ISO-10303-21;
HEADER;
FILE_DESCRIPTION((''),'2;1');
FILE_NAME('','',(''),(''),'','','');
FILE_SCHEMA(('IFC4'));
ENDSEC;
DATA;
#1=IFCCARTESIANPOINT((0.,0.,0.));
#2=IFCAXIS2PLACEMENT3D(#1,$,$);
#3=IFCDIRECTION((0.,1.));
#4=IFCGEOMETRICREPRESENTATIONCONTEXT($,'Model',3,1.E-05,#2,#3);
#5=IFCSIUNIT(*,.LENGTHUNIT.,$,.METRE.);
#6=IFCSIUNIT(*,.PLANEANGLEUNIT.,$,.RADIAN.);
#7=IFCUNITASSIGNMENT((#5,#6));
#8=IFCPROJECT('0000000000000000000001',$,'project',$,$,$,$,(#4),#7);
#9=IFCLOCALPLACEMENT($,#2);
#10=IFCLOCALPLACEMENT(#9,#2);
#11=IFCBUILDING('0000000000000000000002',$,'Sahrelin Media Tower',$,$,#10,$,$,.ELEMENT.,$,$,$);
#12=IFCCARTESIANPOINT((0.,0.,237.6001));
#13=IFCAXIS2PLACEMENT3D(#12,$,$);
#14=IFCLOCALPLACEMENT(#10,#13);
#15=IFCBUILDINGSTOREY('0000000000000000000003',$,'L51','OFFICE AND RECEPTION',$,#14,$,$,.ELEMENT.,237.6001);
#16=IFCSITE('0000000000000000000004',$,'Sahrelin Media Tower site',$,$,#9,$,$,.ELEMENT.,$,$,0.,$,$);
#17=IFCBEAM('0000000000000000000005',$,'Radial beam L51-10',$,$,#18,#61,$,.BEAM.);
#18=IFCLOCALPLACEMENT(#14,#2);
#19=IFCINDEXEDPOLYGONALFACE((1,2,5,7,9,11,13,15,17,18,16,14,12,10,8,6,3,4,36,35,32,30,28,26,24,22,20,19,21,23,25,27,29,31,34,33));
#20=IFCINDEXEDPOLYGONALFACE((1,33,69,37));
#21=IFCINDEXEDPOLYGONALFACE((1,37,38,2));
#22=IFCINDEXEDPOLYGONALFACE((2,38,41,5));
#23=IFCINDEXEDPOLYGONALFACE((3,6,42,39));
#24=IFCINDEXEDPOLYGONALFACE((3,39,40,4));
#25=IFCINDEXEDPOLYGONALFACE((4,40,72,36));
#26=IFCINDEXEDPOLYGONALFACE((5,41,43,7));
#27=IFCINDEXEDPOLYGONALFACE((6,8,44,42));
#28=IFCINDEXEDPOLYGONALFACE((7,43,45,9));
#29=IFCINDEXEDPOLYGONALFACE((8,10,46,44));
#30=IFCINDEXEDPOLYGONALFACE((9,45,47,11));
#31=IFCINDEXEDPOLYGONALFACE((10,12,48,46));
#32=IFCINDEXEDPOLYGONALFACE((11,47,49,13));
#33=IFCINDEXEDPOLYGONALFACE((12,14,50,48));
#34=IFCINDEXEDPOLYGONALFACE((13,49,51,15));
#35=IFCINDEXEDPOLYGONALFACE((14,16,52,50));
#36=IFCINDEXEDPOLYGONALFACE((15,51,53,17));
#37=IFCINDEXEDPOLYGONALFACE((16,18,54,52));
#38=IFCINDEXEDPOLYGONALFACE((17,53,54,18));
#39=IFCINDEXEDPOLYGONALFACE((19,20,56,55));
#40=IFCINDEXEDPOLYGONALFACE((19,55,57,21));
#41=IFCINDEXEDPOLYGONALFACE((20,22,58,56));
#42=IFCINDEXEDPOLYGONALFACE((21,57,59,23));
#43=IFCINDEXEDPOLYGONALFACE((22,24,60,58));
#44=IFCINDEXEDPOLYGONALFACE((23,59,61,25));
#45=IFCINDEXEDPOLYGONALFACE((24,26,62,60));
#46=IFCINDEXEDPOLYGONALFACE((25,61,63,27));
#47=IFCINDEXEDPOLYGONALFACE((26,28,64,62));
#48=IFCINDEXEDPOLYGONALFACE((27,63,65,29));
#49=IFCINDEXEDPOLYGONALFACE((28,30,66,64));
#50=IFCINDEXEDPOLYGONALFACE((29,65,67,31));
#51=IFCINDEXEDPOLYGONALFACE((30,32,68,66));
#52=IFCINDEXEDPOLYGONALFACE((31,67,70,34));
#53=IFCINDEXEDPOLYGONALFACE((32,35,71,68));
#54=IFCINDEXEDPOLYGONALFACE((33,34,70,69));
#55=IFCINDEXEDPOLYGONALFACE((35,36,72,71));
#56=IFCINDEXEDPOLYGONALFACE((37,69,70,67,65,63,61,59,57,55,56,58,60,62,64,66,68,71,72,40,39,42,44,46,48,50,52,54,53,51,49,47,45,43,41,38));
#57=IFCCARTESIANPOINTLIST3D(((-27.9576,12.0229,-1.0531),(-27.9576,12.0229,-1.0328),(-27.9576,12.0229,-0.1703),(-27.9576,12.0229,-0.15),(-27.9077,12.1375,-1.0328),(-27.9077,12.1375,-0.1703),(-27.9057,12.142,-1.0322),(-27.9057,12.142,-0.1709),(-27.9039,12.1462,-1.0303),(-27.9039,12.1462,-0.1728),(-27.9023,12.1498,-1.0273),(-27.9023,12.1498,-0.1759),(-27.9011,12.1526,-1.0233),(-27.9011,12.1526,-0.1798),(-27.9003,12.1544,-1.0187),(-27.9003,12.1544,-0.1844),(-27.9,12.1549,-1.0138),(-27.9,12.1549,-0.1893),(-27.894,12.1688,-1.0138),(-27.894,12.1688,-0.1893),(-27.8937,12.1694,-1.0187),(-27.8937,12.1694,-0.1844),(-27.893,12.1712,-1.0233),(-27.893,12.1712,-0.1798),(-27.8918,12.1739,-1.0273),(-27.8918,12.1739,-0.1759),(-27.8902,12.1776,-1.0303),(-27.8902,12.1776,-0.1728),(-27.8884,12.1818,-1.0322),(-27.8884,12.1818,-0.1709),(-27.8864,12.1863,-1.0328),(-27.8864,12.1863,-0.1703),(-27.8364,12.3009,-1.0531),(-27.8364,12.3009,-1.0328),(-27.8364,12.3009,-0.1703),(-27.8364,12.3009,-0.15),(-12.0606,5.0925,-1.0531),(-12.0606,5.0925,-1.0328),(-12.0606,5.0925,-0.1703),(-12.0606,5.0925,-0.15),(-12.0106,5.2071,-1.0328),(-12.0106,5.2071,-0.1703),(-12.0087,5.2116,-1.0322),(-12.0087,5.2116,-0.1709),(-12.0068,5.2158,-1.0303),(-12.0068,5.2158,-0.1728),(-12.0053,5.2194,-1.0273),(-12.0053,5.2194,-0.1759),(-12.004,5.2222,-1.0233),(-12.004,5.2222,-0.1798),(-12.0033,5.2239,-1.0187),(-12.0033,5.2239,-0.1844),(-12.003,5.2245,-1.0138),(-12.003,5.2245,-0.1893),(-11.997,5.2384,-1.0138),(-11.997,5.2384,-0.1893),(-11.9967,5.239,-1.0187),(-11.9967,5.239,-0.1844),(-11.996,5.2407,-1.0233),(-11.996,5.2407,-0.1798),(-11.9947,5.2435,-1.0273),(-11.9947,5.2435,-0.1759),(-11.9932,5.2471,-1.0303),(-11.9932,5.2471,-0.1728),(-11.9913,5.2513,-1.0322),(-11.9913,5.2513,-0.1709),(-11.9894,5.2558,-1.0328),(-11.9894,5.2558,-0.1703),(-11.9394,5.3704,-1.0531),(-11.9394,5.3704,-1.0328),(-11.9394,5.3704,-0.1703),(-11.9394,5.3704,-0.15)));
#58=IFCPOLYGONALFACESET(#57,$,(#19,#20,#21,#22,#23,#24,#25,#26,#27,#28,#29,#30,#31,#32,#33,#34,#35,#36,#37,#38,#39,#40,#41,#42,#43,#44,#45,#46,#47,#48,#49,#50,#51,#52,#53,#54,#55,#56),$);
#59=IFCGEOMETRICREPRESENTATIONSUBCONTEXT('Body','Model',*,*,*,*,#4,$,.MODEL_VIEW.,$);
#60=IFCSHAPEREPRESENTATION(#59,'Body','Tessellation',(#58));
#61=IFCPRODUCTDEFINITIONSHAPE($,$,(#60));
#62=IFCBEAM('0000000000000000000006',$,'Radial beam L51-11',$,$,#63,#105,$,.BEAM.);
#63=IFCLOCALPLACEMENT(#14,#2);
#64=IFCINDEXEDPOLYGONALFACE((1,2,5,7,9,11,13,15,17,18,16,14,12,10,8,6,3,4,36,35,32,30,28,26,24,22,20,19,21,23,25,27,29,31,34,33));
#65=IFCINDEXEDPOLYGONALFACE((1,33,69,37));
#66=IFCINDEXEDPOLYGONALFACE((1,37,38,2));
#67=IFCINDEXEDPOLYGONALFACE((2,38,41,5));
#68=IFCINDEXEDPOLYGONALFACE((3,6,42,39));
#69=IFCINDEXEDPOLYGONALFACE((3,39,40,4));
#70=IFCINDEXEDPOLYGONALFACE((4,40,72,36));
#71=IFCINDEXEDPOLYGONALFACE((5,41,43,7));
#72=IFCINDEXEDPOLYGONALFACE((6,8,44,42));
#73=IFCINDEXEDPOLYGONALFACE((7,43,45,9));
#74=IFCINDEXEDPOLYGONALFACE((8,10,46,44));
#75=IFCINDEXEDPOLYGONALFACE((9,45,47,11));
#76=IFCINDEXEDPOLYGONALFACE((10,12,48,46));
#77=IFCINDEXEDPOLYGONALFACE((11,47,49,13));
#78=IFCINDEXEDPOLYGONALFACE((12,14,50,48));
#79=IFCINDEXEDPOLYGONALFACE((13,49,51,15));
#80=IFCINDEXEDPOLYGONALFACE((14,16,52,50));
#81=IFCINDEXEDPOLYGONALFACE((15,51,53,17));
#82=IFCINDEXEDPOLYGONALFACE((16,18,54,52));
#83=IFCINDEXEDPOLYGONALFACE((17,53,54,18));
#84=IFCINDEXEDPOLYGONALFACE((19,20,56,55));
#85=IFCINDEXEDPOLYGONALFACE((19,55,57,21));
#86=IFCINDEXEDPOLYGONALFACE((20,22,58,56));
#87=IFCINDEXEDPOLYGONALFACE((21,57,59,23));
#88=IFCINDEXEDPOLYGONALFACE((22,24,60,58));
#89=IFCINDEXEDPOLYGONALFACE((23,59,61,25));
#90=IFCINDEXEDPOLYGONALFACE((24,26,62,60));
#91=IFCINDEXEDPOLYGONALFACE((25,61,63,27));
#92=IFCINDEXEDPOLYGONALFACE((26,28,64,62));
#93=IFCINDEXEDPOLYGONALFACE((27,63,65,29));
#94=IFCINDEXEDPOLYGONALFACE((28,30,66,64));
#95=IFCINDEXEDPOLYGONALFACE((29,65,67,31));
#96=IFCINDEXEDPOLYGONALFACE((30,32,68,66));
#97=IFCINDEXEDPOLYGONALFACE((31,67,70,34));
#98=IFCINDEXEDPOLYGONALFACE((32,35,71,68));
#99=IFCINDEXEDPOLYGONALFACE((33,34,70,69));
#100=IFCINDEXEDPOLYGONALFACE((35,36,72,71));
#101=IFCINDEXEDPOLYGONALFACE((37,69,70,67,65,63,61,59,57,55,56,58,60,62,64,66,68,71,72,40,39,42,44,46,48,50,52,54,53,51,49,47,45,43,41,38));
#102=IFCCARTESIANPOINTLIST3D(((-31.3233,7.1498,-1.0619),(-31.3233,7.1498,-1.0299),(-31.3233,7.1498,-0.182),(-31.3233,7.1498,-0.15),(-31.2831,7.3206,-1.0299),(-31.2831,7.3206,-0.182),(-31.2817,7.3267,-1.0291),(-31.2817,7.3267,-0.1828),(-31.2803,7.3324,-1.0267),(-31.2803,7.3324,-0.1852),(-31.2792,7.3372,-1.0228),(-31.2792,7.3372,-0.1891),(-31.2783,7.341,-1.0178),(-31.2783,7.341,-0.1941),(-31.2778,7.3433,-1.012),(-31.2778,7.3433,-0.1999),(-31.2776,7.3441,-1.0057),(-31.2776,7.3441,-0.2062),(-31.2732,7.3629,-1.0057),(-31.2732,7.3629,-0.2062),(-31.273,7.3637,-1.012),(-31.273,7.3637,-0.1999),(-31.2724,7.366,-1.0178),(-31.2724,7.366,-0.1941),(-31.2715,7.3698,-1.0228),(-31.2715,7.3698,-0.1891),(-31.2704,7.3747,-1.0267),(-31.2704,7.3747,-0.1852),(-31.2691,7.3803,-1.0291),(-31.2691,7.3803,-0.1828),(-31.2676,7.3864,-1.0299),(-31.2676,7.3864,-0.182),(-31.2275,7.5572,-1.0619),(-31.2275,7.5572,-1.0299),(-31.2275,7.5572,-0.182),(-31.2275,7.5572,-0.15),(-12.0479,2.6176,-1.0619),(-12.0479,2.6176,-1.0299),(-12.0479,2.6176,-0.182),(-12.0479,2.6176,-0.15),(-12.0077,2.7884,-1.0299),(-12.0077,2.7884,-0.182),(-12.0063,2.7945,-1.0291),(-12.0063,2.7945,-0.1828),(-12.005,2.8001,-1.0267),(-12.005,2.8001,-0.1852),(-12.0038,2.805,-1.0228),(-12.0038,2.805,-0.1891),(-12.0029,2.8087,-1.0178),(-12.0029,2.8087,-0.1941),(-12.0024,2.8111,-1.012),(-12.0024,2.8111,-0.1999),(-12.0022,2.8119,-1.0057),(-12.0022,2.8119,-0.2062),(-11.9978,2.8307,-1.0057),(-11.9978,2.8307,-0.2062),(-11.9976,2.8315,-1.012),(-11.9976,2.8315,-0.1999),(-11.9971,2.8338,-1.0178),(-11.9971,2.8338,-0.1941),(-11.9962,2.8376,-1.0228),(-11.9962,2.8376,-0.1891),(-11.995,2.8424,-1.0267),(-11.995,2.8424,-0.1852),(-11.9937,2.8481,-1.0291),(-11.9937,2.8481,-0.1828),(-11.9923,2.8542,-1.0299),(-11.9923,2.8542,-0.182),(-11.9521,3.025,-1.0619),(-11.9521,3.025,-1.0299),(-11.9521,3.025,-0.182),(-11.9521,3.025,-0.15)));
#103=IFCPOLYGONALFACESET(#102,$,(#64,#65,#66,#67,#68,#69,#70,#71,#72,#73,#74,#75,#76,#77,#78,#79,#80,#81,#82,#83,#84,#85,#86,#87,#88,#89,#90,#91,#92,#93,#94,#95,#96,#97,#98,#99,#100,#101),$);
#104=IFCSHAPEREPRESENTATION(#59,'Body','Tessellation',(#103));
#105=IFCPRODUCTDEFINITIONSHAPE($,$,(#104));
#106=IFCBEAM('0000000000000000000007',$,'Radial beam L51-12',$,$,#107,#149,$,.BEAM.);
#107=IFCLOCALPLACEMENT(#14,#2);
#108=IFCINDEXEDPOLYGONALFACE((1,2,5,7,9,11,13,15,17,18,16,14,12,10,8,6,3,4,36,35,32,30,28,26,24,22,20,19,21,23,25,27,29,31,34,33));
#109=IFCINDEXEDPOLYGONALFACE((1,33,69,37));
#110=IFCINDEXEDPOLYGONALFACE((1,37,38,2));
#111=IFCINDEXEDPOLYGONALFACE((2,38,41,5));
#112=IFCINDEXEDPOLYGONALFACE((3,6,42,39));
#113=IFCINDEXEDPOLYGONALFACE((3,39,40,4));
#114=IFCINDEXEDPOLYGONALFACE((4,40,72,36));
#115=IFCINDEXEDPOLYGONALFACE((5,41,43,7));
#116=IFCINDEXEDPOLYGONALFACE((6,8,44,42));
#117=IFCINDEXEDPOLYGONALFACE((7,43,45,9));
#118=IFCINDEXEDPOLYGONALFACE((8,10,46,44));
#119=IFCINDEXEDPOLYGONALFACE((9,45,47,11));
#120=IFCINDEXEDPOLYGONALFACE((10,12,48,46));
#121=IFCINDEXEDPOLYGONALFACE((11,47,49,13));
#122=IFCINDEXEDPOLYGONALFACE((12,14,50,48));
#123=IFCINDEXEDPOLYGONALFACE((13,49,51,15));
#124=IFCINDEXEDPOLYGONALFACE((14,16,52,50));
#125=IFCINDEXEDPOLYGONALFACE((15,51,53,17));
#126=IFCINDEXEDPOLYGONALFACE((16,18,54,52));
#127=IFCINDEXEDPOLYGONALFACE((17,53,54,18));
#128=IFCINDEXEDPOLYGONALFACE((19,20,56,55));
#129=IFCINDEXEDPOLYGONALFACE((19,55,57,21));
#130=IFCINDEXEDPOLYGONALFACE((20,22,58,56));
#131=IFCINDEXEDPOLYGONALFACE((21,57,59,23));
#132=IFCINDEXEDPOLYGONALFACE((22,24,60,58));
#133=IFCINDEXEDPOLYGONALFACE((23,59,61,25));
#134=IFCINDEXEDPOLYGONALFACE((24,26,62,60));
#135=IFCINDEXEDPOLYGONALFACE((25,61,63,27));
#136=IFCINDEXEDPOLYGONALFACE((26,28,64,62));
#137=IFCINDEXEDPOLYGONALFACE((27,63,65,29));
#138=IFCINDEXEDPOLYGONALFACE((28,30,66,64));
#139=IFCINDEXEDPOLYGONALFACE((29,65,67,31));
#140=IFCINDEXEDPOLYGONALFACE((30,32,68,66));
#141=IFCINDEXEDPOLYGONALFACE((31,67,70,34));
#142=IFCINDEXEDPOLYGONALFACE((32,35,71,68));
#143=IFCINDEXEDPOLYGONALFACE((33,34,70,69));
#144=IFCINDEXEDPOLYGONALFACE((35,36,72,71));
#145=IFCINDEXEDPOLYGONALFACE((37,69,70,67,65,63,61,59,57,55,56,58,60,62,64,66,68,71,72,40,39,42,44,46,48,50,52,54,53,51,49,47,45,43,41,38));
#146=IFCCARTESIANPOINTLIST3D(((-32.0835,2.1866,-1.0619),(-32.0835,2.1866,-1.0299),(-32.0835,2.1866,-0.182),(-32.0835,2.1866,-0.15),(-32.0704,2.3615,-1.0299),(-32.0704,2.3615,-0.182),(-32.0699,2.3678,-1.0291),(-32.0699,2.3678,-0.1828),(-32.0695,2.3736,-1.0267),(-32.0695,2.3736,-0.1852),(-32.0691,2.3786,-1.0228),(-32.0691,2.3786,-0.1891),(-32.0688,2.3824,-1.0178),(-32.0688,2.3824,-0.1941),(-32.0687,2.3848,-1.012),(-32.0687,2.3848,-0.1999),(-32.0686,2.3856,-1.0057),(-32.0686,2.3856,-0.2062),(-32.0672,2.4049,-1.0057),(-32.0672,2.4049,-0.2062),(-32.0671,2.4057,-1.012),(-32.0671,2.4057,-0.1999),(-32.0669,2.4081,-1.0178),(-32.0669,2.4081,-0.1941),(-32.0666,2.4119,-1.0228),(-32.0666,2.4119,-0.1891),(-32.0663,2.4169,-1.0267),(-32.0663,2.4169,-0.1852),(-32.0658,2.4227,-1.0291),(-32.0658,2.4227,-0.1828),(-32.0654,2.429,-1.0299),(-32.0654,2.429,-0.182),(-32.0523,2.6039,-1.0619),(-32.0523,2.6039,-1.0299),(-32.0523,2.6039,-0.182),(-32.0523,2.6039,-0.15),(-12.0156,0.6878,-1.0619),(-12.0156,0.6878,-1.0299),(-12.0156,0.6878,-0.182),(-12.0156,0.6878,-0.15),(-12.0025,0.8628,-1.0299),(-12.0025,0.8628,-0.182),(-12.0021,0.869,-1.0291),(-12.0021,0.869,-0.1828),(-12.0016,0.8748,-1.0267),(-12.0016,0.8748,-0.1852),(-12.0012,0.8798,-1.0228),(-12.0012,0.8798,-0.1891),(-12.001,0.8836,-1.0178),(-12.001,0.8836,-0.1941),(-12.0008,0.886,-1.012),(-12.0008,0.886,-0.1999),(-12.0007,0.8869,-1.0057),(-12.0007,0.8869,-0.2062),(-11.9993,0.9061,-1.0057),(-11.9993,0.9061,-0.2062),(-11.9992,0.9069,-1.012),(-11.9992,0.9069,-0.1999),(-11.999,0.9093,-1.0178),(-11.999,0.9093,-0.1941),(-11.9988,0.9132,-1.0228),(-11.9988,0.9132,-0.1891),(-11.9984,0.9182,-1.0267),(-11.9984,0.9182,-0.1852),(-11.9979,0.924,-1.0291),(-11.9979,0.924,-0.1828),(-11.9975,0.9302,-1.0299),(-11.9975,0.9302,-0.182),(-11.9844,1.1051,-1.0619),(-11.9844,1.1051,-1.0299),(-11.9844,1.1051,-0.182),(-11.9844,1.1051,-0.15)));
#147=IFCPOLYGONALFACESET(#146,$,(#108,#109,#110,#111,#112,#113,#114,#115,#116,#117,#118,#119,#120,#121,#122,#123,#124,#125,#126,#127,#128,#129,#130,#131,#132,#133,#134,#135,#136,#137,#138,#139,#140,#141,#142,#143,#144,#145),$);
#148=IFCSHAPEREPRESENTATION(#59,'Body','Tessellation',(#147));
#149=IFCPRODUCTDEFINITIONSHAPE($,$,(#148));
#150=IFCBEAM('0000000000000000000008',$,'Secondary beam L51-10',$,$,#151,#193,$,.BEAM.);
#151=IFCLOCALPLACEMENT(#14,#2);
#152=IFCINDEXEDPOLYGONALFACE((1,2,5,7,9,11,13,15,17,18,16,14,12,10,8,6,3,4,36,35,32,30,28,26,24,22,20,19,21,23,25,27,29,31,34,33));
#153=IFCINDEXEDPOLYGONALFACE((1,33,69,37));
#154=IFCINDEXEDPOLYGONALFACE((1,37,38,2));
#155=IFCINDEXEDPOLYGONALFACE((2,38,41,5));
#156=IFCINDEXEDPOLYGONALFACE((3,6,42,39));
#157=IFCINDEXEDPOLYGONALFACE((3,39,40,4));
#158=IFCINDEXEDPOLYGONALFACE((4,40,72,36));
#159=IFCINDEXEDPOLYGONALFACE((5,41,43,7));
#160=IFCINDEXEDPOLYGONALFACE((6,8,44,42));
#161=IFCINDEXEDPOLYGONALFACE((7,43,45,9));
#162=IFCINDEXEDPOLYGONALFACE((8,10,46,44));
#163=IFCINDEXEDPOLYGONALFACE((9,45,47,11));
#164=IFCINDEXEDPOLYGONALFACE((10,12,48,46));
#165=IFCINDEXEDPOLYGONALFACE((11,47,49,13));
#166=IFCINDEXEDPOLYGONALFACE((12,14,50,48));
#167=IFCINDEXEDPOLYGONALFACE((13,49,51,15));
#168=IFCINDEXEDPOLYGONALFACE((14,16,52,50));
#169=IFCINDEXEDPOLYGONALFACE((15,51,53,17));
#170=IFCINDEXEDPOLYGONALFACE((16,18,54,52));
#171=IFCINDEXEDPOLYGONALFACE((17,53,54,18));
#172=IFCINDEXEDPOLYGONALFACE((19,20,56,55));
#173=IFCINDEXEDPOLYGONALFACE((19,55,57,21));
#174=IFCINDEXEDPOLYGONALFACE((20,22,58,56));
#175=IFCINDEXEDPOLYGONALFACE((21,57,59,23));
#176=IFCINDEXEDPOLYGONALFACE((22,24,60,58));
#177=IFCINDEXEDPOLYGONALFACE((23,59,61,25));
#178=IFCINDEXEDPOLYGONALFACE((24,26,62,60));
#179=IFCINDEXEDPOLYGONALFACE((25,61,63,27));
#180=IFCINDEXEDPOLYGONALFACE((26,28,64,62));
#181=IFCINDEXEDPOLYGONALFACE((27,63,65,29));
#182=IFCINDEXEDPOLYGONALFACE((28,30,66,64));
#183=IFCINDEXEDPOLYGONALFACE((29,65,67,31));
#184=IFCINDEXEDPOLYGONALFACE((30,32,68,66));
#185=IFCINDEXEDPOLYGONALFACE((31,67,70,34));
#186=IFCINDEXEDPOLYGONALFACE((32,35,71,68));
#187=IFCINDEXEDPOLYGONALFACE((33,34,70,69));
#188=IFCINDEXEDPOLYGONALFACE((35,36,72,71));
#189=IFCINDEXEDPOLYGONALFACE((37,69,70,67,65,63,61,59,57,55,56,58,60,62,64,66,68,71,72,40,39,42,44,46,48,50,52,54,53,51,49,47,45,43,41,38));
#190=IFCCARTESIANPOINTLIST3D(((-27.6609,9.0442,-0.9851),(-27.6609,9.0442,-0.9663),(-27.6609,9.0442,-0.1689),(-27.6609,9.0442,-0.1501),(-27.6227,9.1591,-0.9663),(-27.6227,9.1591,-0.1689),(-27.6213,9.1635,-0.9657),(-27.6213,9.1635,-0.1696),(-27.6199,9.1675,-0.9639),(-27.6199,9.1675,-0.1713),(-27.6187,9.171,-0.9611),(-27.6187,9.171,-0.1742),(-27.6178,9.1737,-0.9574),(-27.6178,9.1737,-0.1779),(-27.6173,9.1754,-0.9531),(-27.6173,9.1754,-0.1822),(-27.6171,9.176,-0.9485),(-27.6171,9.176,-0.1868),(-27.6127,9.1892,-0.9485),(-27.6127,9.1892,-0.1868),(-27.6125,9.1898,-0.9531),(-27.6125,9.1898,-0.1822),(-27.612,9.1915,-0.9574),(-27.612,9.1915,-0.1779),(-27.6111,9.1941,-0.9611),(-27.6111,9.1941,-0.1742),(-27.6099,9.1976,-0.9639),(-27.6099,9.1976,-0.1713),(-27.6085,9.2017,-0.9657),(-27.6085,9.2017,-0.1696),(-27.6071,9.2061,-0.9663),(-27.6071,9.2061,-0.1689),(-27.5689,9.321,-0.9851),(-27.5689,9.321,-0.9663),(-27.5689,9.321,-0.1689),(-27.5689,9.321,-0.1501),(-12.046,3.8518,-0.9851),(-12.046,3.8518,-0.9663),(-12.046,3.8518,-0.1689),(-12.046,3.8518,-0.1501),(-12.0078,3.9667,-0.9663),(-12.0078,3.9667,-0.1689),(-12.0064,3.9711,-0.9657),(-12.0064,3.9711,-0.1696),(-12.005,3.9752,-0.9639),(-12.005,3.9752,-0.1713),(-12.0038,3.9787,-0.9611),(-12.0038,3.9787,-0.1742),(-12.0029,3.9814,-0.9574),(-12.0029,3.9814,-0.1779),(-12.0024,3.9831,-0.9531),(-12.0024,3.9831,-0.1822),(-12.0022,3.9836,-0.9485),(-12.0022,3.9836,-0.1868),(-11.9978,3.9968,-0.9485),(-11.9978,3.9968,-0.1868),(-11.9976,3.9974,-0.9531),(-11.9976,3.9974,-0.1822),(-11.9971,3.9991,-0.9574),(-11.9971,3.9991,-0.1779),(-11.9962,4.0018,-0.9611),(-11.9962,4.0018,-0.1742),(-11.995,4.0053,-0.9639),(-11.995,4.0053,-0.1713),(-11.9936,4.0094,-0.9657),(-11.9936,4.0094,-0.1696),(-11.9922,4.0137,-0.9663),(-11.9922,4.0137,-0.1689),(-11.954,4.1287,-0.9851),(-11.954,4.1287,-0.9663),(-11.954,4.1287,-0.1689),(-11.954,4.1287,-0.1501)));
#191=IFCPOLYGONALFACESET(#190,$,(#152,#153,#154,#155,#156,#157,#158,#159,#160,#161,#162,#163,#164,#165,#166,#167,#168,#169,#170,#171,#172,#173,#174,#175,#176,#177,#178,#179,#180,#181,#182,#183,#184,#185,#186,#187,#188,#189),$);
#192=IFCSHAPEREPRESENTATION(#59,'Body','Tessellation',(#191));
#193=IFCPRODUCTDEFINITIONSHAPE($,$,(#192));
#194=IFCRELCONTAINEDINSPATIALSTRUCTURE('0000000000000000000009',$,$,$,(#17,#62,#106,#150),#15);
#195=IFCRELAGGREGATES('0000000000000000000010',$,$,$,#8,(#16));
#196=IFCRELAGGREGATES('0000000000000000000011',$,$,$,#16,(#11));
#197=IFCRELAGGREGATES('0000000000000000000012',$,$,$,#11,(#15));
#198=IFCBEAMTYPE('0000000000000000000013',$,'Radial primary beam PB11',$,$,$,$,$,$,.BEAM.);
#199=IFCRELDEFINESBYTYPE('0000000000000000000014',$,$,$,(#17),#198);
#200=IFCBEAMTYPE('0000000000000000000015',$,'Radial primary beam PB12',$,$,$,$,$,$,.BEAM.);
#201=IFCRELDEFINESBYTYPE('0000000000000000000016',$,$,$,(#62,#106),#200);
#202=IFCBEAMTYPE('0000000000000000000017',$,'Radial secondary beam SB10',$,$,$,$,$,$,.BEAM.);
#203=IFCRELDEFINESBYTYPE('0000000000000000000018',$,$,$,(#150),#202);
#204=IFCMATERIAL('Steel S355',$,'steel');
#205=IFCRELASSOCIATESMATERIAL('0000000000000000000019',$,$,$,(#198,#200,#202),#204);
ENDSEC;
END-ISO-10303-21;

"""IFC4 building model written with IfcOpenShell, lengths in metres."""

from ifc_helpers import new_model, si_unit, direction, frame, origin, origin_2d, place, context, subcontext, project, spatial, i_section, extrude, material, material_profile, profile_set, type_object, element, save


model = new_model("IFC4")

# Units and contexts
model_context = context("Model", 3, precision=1e-05, world=origin(), true_north=direction((0.0, 1.0)))
body_context = subcontext(model_context, "Body", "Model", "MODEL_VIEW")
ifc_project = project(units=[si_unit("LENGTHUNIT", "METRE"), si_unit("PLANEANGLEUNIT", "RADIAN")], contexts=[model_context])

# Site, building, storey
site_placement = place(None, origin())
site = spatial("IfcSite", under=ifc_project, at=site_placement, Name="Sahrelin Media Tower site", CompositionType="ELEMENT", RefElevation=0.0)
building_placement = place(site_placement, origin())
building = spatial("IfcBuilding", under=site, at=building_placement, Name="Sahrelin Media Tower", CompositionType="ELEMENT")
storey_placement = place(building_placement, frame((0.0, 0.0, 237.6001)))
storey = spatial("IfcBuildingStorey", under=building, at=storey_placement, Name="L51", Description="OFFICE AND RECEPTION", CompositionType="ELEMENT", Elevation=237.6001)

# Beams
ifc_material_1 = material(Name="Steel S355", Category="steel")
ifc_material_profile_1 = material_profile(ifc_material_1, i_section(OverallWidth=0.3032, OverallDepth=0.9031, WebThickness=0.0151, FlangeThickness=0.0203, FilletRadius=0.019, at=origin_2d()), Name="UB 914x305x201")
ifc_profile_set_1 = profile_set([ifc_material_profile_1], Name="Steel S355")
beam_type_1 = type_object("IfcBeamType", Name="Radial primary beam PB11", PredefinedType="BEAM", material=ifc_profile_set_1)
beam_1_placement = place(storey_placement, frame((-12.0, 5.2314, -0.6016), z_axis=(-0.916675, 0.399632, 0.0), x_axis=(-0.399632, -0.916675, 0.0)))
element("IfcBeam", 1, at=beam_1_placement, inside=storey, type_object=beam_type_1, Name="Radial beam L51-10", PredefinedType="BEAM", context=body_context, shape_type="SweptSolid", body=[
    extrude(i_section(OverallWidth=0.3032, OverallDepth=0.9031, WebThickness=0.0151, FlangeThickness=0.0203, FilletRadius=0.019, at=origin_2d()), origin(), (0.0, 0.0, 1.0), 17.342),
])
ifc_material_profile_2 = material_profile(ifc_material_1, i_section(OverallWidth=0.4185, OverallDepth=0.9119, WebThickness=0.0193, FlangeThickness=0.032, FilletRadius=0.0242, at=origin_2d()), Name="UB 914x419x343")
ifc_profile_set_2 = profile_set([ifc_material_profile_2], Name="Steel S355")
beam_type_2 = type_object("IfcBeamType", Name="Radial primary beam PB12", PredefinedType="BEAM", material=ifc_profile_set_2)
beam_2_placement = place(storey_placement, frame((-12.0, 2.8213, -0.606), z_axis=(-0.973453, 0.228888, 0.0), x_axis=(-0.228888, -0.973453, 0.0)))
element("IfcBeam", 2, at=beam_2_placement, inside=storey, type_object=beam_type_2, Name="Radial beam L51-11", PredefinedType="BEAM", context=body_context, shape_type="SweptSolid", body=[
    extrude(i_section(OverallWidth=0.4185, OverallDepth=0.9119, WebThickness=0.0193, FlangeThickness=0.032, FilletRadius=0.0242, at=origin_2d()), origin(), (0.0, 0.0, 1.0), 19.801),
])
beam_3_placement = place(storey_placement, frame((-12.0, 0.8965, -0.606), z_axis=(-0.997223, 0.074478, 0.0), x_axis=(-0.074478, -0.997223, 0.0)))
element("IfcBeam", 3, at=beam_3_placement, inside=storey, type_object=beam_type_2, Name="Radial beam L51-12", PredefinedType="BEAM", context=body_context, shape_type="SweptSolid", body=[
    extrude(i_section(OverallWidth=0.4185, OverallDepth=0.9119, WebThickness=0.0193, FlangeThickness=0.032, FilletRadius=0.0242, at=origin_2d()), origin(), (0.0, 0.0, 1.0), 20.1238),
])
ifc_material_profile_3 = material_profile(ifc_material_1, i_section(OverallWidth=0.2917, OverallDepth=0.835, WebThickness=0.0139, FlangeThickness=0.0188, FilletRadius=0.0178, at=origin_2d()), Name="UB 838x292x176")
ifc_profile_set_3 = profile_set([ifc_material_profile_3], Name="Steel S355")
beam_type_3 = type_object("IfcBeamType", Name="Radial secondary beam SB10", PredefinedType="BEAM", material=ifc_profile_set_3)
beam_4_placement = place(storey_placement, frame((-12.0, 3.9902, -0.5676), z_axis=(-0.948913, 0.315538, 0.0), x_axis=(-0.315538, -0.948913, 0.0)))
element("IfcBeam", 4, at=beam_4_placement, inside=storey, type_object=beam_type_3, Name="Secondary beam L51-10", PredefinedType="BEAM", context=body_context, shape_type="SweptSolid", body=[
    extrude(i_section(OverallWidth=0.2917, OverallDepth=0.835, WebThickness=0.0139, FlangeThickness=0.0188, FilletRadius=0.0178, at=origin_2d()), origin(), (0.0, 0.0, 1.0), 16.4556),
])

save(model, "model.ifc")
